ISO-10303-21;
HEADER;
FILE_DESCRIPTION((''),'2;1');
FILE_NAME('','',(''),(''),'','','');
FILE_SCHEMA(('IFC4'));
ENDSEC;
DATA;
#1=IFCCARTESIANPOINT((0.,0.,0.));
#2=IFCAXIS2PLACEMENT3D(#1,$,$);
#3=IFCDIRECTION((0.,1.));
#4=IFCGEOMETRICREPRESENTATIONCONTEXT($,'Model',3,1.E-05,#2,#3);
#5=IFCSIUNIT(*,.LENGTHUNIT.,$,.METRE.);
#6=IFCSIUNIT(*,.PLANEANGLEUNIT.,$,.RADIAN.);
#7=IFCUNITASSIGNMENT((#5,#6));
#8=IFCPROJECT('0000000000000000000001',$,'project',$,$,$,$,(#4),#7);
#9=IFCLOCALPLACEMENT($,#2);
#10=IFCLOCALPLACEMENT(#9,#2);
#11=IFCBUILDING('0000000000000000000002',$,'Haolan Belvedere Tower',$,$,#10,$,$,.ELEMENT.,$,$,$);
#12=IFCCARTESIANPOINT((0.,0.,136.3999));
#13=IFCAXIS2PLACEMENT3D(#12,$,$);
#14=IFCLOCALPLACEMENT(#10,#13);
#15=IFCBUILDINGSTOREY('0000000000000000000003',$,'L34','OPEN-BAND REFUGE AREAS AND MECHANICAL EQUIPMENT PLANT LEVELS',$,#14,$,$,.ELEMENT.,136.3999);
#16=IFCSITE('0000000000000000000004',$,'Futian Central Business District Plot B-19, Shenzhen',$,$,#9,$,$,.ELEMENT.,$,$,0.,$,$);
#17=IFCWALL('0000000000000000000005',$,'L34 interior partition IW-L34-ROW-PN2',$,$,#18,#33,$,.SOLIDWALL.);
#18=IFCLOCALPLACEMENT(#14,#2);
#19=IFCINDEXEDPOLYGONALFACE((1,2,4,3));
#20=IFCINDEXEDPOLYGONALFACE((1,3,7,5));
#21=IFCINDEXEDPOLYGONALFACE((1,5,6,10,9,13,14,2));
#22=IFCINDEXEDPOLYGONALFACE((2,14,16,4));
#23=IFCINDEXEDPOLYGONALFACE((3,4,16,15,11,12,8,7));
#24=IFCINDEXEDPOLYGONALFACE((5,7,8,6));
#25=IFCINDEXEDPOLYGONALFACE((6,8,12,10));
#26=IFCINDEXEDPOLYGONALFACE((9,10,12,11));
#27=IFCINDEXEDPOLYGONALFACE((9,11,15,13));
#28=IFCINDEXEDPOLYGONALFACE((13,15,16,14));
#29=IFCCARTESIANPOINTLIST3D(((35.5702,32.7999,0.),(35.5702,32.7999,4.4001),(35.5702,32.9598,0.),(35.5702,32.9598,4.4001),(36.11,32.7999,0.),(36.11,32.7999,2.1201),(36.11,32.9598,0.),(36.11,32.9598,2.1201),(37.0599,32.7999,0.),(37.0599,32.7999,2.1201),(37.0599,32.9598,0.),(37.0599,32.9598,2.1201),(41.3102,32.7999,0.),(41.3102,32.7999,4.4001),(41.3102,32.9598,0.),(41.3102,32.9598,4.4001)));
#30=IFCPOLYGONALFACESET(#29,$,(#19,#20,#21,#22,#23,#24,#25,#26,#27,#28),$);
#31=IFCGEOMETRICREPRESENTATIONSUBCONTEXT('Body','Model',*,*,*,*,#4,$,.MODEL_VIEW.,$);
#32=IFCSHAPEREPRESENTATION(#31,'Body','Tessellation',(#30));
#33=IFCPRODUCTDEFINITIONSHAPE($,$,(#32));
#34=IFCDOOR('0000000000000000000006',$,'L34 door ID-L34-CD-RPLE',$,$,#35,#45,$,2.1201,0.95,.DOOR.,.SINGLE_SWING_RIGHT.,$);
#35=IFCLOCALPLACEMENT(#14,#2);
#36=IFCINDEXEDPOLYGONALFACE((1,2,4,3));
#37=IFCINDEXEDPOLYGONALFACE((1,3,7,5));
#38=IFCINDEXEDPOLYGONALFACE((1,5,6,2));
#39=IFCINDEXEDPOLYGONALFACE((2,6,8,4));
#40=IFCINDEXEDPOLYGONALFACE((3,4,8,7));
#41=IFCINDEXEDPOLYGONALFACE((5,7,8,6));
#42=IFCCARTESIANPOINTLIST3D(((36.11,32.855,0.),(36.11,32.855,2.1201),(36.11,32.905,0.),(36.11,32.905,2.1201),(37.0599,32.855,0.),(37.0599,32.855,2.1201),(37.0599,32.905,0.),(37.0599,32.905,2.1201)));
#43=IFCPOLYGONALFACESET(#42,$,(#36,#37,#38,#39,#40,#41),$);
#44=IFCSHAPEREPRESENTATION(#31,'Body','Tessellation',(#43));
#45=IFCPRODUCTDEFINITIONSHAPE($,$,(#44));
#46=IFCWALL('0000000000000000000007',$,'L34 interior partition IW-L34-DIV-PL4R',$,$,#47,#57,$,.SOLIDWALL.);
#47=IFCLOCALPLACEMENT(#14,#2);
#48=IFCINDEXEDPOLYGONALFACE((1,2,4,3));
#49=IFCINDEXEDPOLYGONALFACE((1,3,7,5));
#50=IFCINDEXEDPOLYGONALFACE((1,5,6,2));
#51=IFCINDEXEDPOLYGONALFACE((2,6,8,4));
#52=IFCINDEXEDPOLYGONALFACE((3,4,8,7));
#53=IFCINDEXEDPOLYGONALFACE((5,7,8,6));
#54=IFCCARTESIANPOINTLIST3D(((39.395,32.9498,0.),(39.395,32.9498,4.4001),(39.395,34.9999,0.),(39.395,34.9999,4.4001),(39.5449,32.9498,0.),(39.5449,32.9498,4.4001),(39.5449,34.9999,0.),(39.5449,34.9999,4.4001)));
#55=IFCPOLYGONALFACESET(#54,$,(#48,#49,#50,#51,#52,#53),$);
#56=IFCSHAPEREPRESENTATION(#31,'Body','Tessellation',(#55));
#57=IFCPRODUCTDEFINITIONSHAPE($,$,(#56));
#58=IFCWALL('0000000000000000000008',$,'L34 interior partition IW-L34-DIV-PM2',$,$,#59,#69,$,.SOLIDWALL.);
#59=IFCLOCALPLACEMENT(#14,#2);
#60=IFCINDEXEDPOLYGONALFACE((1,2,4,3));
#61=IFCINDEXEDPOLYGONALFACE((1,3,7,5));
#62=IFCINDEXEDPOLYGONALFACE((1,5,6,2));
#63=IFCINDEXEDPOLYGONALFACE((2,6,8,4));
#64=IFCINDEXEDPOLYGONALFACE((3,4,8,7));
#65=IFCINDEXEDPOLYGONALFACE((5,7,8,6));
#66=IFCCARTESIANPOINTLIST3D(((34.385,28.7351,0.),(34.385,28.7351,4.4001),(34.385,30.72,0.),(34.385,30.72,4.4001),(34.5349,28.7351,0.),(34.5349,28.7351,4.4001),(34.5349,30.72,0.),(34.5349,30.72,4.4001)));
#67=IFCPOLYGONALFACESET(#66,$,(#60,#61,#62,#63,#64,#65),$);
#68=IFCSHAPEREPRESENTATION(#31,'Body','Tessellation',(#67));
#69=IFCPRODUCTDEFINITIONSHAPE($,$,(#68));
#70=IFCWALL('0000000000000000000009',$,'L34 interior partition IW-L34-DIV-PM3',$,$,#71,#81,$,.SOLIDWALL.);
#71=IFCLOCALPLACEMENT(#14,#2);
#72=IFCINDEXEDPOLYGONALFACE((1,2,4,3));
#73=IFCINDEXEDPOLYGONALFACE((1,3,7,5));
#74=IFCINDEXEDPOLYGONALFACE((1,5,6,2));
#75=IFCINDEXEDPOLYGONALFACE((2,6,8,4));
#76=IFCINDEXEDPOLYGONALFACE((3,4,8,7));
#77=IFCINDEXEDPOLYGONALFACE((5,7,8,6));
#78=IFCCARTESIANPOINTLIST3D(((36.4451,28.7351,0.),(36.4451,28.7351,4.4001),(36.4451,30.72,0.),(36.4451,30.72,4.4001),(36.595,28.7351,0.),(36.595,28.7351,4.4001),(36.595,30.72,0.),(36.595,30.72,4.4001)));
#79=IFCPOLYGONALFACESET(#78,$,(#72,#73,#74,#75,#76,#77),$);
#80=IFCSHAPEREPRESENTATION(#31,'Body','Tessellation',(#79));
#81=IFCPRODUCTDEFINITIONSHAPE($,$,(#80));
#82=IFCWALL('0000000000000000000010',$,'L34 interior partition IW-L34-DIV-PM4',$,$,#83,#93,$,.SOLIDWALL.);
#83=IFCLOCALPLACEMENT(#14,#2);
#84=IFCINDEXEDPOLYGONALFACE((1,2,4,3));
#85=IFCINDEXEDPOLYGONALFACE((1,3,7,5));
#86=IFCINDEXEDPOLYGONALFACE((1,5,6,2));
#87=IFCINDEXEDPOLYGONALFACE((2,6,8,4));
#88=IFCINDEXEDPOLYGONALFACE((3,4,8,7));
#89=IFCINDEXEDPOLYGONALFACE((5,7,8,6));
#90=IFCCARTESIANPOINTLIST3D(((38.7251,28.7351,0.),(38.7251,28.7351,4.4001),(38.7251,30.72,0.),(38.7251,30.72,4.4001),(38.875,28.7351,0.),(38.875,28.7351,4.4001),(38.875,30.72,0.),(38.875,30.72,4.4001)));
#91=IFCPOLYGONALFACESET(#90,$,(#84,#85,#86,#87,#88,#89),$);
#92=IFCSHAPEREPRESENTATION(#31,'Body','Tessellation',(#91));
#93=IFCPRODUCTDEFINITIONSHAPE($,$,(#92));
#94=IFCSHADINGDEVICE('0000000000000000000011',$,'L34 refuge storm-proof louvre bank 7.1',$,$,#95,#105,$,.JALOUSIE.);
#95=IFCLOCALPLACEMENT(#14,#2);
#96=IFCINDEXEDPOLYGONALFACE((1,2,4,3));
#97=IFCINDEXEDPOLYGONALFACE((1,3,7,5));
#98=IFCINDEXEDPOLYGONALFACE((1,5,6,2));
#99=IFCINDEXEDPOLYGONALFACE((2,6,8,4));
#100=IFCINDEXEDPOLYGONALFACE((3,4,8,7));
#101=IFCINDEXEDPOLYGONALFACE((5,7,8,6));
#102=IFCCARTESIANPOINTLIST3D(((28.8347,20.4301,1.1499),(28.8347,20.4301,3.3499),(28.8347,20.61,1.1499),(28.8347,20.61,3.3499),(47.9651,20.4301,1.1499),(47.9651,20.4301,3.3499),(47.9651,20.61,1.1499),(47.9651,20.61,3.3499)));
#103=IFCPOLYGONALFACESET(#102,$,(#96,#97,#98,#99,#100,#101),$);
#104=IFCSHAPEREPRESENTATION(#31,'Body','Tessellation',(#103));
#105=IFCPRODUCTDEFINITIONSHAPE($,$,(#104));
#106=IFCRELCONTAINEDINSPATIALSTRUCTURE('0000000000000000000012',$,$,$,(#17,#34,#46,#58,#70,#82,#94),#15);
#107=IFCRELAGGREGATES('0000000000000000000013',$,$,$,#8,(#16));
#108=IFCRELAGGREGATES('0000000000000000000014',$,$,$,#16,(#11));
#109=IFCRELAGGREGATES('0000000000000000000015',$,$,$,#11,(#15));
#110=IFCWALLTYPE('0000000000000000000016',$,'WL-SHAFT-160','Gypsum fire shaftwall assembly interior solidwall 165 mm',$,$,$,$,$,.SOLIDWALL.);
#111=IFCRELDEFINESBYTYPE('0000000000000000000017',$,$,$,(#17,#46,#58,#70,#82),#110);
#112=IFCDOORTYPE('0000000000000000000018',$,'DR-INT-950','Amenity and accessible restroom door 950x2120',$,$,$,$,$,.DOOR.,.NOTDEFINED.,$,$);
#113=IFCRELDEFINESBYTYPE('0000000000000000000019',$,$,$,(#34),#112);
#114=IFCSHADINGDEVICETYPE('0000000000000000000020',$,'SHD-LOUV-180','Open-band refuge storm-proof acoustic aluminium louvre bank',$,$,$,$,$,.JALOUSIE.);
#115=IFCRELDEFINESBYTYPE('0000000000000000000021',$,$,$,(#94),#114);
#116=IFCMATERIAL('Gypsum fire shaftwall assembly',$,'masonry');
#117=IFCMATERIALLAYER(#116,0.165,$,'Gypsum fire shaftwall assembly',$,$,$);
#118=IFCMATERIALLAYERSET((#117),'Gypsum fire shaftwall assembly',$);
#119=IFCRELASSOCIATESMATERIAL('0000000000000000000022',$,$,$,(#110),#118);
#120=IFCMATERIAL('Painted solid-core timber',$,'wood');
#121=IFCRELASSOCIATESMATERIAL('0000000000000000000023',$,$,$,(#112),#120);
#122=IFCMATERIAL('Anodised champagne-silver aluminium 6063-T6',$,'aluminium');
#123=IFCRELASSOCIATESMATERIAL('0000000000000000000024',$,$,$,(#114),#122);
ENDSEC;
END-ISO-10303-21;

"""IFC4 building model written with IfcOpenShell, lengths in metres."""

from ifc_helpers import new_model, si_unit, direction, frame, frame_2d, origin, origin_2d, place, context, subcontext, project, spatial, rectangle, extrude, material, layer, layer_set, type_object, element, fill, save


model = new_model("IFC4")

# Units and contexts
model_context = context("Model", 3, precision=1e-05, world=origin(), true_north=direction((0.0, 1.0)))
body_context = subcontext(model_context, "Body", "Model", "MODEL_VIEW")
ifc_project = project(units=[si_unit("LENGTHUNIT", "METRE"), si_unit("PLANEANGLEUNIT", "RADIAN")], contexts=[model_context])

# Site, building, storey
site_placement = place(None, origin())
site = spatial("IfcSite", under=ifc_project, at=site_placement, Name="Futian Central Business District Plot B-19, Shenzhen", CompositionType="ELEMENT", RefElevation=0.0)
building_placement = place(site_placement, origin())
building = spatial("IfcBuilding", under=site, at=building_placement, Name="Haolan Belvedere Tower", CompositionType="ELEMENT")
storey_placement = place(building_placement, frame((0.0, 0.0, 136.3999)))
storey = spatial("IfcBuildingStorey", under=building, at=storey_placement, Name="L34", Description="OPEN-BAND REFUGE AREAS AND MECHANICAL EQUIPMENT PLANT LEVELS", CompositionType="ELEMENT", Elevation=136.3999)

# Shared definitions
ifc_material_1 = material(Name="Gypsum fire shaftwall assembly", Category="masonry")
ifc_layer_1 = layer(ifc_material_1, 0.165, Name="Gypsum fire shaftwall assembly")
ifc_layer_set_1 = layer_set([ifc_layer_1], Name="Gypsum fire shaftwall assembly")
wall_type_1 = type_object("IfcWallType", Name="WL-SHAFT-160", Description="Gypsum fire shaftwall assembly interior solidwall 165 mm", PredefinedType="SOLIDWALL", material=ifc_layer_set_1)

# Wall, opening, door
wall_1_placement = place(storey_placement, frame((35.5701, 32.8799, 0.0), z_axis=(0.0, 0.0, 1.0), x_axis=(1.0, 0.0, 0.0)))
wall_1 = element("IfcWall", 1, at=wall_1_placement, inside=storey, type_object=wall_type_1, Name="L34 interior partition IW-L34-ROW-PN2", PredefinedType="SOLIDWALL", context=body_context, shape_type="SweptSolid", body=[
    extrude(rectangle(XDim=5.74, YDim=0.1599, at=frame_2d((2.8701, 0.0))), origin(), (0.0, 0.0, 1.0), 4.4001),
])
opening_1_placement = place(wall_1_placement, frame((1.49, 0.0, 0.0), z_axis=(0.0, 0.0, 1.0), x_axis=(-1.0, 0.0, 0.0)))
opening_1 = element("IfcOpeningElement", 2, at=opening_1_placement, cuts=wall_1, PredefinedType="OPENING", context=body_context, shape_type="SweptSolid", body=[
    extrude(rectangle(XDim=0.95, YDim=2.1201, at=frame_2d((0.4751, 1.0601))), frame((0.0, 0.0898, 0.0), z_axis=(0.0, -1.0, 0.0), x_axis=(1.0, 0.0, 0.0)), (0.0, 0.0, 1.0), 0.1799),
])
ifc_material_2 = material(Name="Painted solid-core timber", Category="wood")
door_type_1 = type_object("IfcDoorType", Name="DR-INT-950", Description="Amenity and accessible restroom door 950x2120", OperationType="NOTDEFINED", PredefinedType="DOOR", material=ifc_material_2)
door_1_placement = place(opening_1_placement, origin())
door_1 = element("IfcDoor", 3, at=door_1_placement, inside=storey, type_object=door_type_1, Name="L34 door ID-L34-CD-RPLE", OperationType="SINGLE_SWING_RIGHT", OverallHeight=2.1201, OverallWidth=0.95, PredefinedType="DOOR", context=body_context, shape_type="SweptSolid", body=[
    extrude(rectangle(XDim=0.95, YDim=2.1201, at=frame_2d((0.4751, 1.0601))), frame((0.0, 0.0249, 0.0), z_axis=(0.0, -1.0, 0.0), x_axis=(1.0, 0.0, 0.0)), (0.0, 0.0, 1.0), 0.05),
])
fill(opening_1, door_1)

# Walls
wall_2_placement = place(storey_placement, frame((39.47, 32.95, 0.0), z_axis=(0.0, 0.0, 1.0), x_axis=(0.0, 1.0, 0.0)))
element("IfcWall", 4, at=wall_2_placement, inside=storey, type_object=wall_type_1, Name="L34 interior partition IW-L34-DIV-PL4R", PredefinedType="SOLIDWALL", context=body_context, shape_type="SweptSolid", body=[
    extrude(rectangle(XDim=2.05, YDim=0.1499, at=frame_2d((1.0249, 0.0))), origin(), (0.0, 0.0, 1.0), 4.4001),
])
for number, where, z_axis, x_axis, name in (
    (5, (34.46, 28.7351, 0.0), (0.0, 0.0, 1.0), (0.0, 1.0, 0.0), "L34 interior partition IW-L34-DIV-PM2"),
    (6, (36.52, 28.7351, 0.0), (0.0, 0.0, 1.0), (0.0, 1.0, 0.0), "L34 interior partition IW-L34-DIV-PM3"),
    (7, (38.8, 28.7351, 0.0), (0.0, 0.0, 1.0), (0.0, 1.0, 0.0), "L34 interior partition IW-L34-DIV-PM4"),
):
    element("IfcWall", number, at=place(storey_placement, frame(where, z_axis=z_axis, x_axis=x_axis)), inside=storey, type_object=wall_type_1, Name=name, PredefinedType="SOLIDWALL", context=body_context, shape_type="SweptSolid", body=[
        extrude(rectangle(XDim=1.9849, YDim=0.1499, at=frame_2d((0.9924, 0.0))), origin(), (0.0, 0.0, 1.0), 4.4001),
    ])

# Shading device
ifc_material_3 = material(Name="Anodised champagne-silver aluminium 6063-T6", Category="aluminium")
shading_device_type = type_object("IfcShadingDeviceType", Name="SHD-LOUV-180", Description="Open-band refuge storm-proof acoustic aluminium louvre bank", PredefinedType="JALOUSIE", material=ifc_material_3)
shading_device_placement = place(storey_placement, frame((38.3999, 20.52, 1.1499), z_axis=(0.0, 0.0, 1.0), x_axis=(1.0, 0.0, 0.0)))
element("IfcShadingDevice", 8, at=shading_device_placement, inside=storey, type_object=shading_device_type, Name="L34 refuge storm-proof louvre bank 7.1", PredefinedType="JALOUSIE", context=body_context, shape_type="SweptSolid", body=[
    extrude(rectangle(XDim=19.1304, YDim=0.1799, at=origin_2d()), origin(), (0.0, 0.0, 1.0), 2.2),
])

save(model, "model.ifc")
